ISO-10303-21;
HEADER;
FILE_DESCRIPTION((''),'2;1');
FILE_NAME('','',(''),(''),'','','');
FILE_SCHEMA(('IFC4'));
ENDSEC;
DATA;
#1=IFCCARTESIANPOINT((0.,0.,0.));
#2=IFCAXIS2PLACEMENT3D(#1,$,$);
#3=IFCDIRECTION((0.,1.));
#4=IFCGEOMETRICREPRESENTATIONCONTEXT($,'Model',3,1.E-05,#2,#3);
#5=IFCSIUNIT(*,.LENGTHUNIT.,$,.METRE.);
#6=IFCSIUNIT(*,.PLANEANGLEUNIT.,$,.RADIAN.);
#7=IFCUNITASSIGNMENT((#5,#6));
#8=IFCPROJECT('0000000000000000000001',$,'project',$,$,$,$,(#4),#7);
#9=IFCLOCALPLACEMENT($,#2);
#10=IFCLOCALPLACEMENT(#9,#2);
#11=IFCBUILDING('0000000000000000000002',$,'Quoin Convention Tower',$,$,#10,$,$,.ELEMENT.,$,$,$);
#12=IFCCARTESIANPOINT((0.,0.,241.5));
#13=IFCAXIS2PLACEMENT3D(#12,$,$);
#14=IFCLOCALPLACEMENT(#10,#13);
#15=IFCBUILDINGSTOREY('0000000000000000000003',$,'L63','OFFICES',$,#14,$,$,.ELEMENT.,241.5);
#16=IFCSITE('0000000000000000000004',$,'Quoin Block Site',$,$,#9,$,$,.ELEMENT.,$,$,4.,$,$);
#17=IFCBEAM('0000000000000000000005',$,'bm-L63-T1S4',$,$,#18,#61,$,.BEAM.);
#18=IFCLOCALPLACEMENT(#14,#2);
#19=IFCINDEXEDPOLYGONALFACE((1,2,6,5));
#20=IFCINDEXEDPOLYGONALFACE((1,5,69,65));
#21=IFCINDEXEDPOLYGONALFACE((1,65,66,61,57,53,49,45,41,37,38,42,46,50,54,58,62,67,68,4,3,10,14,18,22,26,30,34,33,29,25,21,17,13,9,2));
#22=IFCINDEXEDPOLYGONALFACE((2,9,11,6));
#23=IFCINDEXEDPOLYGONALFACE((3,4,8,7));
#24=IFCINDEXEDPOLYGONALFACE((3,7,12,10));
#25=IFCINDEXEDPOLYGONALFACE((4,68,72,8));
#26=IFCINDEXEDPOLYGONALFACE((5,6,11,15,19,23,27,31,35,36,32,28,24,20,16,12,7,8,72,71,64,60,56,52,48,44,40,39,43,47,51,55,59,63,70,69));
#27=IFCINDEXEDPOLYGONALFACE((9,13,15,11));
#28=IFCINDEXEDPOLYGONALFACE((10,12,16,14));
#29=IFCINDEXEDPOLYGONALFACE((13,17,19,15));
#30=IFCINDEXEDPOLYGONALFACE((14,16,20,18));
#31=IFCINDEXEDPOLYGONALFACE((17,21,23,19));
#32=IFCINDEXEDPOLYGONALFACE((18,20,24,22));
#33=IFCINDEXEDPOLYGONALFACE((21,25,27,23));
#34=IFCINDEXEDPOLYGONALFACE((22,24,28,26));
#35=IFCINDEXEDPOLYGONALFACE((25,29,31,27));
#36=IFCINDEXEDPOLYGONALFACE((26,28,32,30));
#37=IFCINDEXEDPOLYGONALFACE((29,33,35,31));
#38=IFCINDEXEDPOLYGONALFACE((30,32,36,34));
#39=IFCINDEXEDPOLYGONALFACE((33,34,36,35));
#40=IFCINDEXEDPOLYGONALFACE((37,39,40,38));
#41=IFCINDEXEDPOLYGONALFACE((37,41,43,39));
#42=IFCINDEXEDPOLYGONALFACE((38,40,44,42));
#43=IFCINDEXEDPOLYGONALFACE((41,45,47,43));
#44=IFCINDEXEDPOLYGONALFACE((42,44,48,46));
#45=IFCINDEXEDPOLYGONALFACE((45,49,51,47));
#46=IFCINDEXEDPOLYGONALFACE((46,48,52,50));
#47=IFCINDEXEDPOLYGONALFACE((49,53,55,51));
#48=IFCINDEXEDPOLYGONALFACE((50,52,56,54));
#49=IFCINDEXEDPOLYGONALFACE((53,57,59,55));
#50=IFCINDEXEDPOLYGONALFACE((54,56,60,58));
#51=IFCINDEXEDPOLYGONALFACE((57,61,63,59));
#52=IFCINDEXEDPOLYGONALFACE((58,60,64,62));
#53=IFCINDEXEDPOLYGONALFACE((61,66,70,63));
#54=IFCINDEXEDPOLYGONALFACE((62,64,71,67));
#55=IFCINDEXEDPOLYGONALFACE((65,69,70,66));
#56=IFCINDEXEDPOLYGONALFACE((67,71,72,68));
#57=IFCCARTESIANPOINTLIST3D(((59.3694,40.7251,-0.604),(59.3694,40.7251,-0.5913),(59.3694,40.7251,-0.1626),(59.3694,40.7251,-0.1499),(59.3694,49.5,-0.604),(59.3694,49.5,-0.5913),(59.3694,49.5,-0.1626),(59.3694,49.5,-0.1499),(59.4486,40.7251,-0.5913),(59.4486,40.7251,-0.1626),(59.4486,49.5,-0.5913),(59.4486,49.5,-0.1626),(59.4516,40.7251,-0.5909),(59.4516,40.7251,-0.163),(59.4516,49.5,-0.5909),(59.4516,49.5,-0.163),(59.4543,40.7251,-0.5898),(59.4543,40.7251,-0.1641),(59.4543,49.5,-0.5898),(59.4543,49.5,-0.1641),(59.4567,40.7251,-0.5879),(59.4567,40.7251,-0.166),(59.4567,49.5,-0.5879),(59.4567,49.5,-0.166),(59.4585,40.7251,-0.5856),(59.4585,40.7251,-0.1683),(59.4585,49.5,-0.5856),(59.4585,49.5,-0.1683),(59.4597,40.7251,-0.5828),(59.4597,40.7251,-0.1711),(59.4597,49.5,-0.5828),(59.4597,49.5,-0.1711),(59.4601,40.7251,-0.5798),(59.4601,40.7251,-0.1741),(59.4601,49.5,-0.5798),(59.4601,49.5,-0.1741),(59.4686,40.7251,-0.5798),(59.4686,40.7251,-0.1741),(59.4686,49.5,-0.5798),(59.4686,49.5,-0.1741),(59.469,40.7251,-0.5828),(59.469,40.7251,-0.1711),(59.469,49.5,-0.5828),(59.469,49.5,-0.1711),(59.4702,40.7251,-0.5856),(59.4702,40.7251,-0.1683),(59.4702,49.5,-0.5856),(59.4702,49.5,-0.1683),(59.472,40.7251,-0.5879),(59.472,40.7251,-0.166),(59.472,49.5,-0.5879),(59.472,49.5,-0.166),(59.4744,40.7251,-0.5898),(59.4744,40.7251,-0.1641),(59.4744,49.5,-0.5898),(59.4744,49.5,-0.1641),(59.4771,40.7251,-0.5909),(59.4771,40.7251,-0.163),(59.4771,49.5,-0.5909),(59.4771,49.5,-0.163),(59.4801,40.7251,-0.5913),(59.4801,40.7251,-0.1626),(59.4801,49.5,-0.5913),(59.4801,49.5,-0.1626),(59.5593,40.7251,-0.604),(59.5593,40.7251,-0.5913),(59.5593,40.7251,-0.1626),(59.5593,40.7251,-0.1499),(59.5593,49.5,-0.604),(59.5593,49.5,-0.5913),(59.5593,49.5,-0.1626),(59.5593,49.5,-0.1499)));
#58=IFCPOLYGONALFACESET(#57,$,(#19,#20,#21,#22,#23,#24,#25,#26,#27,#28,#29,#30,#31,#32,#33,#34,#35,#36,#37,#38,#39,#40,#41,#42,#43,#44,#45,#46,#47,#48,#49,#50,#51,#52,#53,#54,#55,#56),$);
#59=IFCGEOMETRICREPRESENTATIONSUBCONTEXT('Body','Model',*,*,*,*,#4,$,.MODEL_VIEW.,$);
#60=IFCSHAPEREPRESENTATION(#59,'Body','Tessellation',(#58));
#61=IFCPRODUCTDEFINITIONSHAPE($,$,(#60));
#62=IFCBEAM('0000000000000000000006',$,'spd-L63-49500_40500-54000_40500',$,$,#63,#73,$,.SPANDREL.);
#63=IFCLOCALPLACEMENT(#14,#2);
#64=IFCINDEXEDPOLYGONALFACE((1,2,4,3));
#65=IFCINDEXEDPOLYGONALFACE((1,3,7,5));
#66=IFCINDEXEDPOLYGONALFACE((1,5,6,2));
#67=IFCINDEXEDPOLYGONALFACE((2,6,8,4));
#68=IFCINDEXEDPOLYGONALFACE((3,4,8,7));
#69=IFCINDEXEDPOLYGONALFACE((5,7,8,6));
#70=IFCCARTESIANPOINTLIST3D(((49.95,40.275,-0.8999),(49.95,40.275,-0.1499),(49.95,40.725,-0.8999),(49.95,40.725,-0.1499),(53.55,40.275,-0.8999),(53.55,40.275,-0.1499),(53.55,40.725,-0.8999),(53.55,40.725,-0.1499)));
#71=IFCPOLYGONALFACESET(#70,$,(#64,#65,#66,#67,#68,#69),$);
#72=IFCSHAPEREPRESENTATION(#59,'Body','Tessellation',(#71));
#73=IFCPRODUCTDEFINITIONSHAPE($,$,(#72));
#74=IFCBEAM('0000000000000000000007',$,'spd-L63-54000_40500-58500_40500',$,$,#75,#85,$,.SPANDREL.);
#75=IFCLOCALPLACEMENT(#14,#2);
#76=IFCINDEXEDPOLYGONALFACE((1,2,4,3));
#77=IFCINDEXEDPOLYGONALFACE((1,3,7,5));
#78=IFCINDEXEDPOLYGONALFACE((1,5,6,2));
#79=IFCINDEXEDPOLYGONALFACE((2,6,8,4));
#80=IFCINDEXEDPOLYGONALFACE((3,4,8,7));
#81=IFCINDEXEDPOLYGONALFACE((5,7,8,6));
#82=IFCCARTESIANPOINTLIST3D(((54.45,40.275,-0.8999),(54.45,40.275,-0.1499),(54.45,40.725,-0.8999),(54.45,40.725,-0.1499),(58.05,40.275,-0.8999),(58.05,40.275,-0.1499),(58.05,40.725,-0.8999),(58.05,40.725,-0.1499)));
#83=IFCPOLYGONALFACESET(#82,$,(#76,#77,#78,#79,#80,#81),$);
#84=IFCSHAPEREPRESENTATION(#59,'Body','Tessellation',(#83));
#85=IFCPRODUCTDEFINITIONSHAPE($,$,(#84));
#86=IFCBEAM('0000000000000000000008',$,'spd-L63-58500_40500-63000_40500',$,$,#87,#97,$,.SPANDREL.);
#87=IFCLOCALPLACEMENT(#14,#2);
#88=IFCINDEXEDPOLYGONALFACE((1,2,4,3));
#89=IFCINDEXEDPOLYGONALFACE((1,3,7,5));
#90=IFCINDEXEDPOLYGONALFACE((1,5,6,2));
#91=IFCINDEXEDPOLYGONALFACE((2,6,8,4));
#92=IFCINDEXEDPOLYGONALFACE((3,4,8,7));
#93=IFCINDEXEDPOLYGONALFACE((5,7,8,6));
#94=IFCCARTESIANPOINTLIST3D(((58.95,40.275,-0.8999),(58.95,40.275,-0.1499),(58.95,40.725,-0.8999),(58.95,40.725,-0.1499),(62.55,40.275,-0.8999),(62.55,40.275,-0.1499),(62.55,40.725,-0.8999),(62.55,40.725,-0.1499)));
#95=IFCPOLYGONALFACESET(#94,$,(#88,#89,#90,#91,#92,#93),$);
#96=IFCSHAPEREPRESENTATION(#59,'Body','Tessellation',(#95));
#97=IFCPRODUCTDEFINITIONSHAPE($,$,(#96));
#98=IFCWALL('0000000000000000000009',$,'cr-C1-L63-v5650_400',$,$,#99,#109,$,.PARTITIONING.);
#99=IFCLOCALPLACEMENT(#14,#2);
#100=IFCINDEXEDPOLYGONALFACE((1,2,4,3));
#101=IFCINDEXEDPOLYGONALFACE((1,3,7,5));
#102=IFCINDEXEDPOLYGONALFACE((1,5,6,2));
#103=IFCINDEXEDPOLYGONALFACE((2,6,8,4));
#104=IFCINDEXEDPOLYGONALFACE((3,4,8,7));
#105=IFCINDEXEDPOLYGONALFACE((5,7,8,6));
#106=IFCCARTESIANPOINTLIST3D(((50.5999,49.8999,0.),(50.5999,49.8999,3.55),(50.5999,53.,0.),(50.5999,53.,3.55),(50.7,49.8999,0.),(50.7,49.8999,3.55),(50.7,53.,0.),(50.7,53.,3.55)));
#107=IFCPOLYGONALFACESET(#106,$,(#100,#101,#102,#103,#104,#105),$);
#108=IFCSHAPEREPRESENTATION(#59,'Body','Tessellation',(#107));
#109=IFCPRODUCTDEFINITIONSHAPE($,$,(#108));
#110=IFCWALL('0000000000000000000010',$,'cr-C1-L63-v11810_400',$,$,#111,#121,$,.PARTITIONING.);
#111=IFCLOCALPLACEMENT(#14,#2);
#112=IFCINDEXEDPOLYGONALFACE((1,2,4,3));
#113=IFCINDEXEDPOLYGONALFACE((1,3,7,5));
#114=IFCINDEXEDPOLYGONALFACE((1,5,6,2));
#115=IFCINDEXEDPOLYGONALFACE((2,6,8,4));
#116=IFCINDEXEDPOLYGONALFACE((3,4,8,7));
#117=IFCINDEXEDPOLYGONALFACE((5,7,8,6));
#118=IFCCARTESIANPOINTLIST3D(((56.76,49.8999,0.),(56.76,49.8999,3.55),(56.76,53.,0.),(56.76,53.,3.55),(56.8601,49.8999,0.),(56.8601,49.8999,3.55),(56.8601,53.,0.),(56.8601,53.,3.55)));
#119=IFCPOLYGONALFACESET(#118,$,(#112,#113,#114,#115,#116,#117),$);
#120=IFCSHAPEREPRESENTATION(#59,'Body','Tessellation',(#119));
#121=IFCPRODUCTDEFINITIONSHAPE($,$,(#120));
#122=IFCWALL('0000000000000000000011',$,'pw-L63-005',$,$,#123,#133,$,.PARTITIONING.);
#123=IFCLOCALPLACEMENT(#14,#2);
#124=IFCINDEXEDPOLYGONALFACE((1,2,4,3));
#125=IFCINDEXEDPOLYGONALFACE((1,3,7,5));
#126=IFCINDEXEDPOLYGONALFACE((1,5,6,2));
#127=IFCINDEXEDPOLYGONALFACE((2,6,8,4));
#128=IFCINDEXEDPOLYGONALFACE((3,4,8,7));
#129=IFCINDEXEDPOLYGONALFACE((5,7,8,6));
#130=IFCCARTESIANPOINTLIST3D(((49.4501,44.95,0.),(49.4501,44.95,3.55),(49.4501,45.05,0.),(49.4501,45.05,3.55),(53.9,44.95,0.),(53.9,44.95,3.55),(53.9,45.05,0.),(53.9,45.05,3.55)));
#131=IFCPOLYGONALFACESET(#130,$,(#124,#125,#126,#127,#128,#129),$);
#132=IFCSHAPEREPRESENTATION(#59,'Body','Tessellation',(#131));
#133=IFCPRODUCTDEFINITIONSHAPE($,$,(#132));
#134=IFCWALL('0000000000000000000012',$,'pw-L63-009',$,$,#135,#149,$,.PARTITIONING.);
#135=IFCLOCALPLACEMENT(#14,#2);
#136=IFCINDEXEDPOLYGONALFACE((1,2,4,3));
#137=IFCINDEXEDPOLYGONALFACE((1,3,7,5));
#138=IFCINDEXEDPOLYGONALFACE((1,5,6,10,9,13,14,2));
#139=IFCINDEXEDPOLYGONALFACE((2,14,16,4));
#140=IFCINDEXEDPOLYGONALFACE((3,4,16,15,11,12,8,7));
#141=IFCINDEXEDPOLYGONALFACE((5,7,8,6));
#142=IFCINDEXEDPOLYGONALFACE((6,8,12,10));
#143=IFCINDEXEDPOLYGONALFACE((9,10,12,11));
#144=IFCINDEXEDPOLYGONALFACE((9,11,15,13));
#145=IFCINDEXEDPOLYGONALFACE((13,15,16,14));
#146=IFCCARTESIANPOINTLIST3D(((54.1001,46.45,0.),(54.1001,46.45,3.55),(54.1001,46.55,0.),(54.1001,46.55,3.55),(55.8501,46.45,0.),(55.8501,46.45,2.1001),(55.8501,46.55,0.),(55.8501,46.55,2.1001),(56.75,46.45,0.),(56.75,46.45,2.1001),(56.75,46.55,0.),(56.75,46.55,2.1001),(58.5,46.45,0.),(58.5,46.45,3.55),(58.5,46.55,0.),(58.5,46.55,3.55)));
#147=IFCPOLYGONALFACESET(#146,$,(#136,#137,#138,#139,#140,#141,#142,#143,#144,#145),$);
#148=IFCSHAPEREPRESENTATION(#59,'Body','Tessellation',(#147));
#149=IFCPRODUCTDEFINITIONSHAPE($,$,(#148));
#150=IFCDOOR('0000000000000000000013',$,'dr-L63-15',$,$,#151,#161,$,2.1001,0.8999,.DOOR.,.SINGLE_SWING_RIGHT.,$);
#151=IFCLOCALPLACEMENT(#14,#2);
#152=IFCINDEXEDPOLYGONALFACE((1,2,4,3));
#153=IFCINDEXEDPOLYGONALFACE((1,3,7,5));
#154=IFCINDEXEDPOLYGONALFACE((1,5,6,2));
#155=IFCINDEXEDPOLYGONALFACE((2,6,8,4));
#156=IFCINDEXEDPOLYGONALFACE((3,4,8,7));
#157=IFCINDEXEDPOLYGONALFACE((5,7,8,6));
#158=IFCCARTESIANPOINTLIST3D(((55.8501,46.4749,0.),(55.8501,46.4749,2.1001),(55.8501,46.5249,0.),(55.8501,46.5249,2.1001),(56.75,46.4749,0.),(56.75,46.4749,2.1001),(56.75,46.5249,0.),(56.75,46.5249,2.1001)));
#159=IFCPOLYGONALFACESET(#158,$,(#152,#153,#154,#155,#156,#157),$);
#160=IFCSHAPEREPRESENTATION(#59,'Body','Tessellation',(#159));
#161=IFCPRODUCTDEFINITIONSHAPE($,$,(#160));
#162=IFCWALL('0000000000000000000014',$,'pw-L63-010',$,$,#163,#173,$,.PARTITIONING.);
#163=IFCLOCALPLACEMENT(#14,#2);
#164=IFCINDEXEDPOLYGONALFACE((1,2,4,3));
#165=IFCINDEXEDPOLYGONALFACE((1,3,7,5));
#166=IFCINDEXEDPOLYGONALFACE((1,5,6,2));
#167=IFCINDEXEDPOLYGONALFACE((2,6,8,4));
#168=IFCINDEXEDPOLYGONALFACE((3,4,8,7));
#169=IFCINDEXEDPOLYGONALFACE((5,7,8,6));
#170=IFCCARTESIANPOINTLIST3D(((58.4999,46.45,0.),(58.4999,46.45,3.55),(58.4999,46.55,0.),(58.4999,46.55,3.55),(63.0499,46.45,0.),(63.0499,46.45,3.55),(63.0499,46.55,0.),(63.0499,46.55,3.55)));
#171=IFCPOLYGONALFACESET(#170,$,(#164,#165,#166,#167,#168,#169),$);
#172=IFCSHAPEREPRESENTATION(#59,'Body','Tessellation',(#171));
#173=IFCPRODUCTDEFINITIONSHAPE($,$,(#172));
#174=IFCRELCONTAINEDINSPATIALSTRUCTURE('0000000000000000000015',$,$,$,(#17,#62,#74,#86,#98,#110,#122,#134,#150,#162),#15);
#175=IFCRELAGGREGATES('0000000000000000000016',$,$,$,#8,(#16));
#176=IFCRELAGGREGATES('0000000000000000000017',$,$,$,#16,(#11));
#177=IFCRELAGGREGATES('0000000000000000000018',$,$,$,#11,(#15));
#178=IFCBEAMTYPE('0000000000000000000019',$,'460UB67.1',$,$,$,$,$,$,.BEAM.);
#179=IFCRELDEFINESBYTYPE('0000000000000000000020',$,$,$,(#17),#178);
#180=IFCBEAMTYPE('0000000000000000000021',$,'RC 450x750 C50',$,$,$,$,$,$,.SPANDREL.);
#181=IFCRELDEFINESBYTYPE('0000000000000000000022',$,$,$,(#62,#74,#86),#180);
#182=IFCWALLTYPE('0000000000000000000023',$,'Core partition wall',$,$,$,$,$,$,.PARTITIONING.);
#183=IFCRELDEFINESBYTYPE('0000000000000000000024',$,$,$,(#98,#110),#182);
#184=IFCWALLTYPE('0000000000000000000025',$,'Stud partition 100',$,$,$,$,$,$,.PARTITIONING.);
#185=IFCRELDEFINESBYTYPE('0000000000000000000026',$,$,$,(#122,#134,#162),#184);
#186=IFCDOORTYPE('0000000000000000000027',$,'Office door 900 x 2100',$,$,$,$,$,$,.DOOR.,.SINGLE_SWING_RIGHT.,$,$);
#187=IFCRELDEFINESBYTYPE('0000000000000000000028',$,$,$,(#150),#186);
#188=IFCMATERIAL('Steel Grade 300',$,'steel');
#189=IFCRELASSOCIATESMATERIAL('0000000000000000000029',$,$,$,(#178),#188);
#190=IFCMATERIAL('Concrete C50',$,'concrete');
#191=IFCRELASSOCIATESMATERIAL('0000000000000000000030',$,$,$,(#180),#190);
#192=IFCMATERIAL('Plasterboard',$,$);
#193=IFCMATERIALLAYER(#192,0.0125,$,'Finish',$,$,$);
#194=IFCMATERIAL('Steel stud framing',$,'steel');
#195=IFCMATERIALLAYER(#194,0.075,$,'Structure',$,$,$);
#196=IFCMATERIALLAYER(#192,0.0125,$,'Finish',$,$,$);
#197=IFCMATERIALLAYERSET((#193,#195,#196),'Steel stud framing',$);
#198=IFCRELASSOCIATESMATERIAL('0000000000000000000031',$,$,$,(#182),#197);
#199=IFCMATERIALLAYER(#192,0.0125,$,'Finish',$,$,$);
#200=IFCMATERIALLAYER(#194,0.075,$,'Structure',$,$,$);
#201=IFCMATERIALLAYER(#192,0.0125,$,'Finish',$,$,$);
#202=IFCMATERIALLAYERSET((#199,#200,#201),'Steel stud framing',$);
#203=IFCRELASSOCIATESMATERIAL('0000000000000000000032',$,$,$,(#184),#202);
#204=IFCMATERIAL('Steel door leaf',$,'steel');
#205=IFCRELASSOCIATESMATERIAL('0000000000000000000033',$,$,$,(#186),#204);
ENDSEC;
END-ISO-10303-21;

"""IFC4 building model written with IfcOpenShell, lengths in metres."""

from ifc_helpers import new_model, si_unit, direction, frame, frame_2d, origin, origin_2d, place, context, subcontext, project, spatial, rectangle, i_section, extrude, material, layer, layer_set, material_profile, profile_set, type_object, element, fill, save


model = new_model("IFC4")

# Units and contexts
model_context = context("Model", 3, precision=1e-05, world=origin(), true_north=direction((0.0, 1.0)))
body_context = subcontext(model_context, "Body", "Model", "MODEL_VIEW")
ifc_project = project(units=[si_unit("LENGTHUNIT", "METRE"), si_unit("PLANEANGLEUNIT", "RADIAN")], contexts=[model_context])

# Site, building, storey
site_placement = place(None, origin())
site = spatial("IfcSite", under=ifc_project, at=site_placement, Name="Quoin Block Site", CompositionType="ELEMENT", RefElevation=4.0)
building_placement = place(site_placement, origin())
building = spatial("IfcBuilding", under=site, at=building_placement, Name="Quoin Convention Tower", CompositionType="ELEMENT")
storey_placement = place(building_placement, frame((0.0, 0.0, 241.5)))
storey = spatial("IfcBuildingStorey", under=building, at=storey_placement, Name="L63", Description="OFFICES", CompositionType="ELEMENT", Elevation=241.5)

# Shared definitions
ifc_material_1 = material(Name="Concrete C50", Category="concrete")

# Beams
ifc_material_2 = material(Name="Steel Grade 300", Category="steel")
ifc_material_profile_1 = material_profile(ifc_material_2, i_section(OverallWidth=0.1899, OverallDepth=0.4541, WebThickness=0.0085, FlangeThickness=0.0127, FilletRadius=0.0115, at=origin_2d()), Name="460UB67.1")
ifc_profile_set_1 = profile_set([ifc_material_profile_1], Name="Steel Grade 300")
beam_type_1 = type_object("IfcBeamType", Name="460UB67.1", PredefinedType="BEAM", material=ifc_profile_set_1)
for number, where, z_axis, x_axis, name in (
    (1, (59.4644, 40.7251, -0.377), (0.0, 1.0, 0.0), (-1.0, 0.0, 0.0), "bm-L63-T1S4"),
):
    element("IfcBeam", number, at=place(storey_placement, frame(where, z_axis=z_axis, x_axis=x_axis)), inside=storey, type_object=beam_type_1, Name=name, PredefinedType="BEAM", context=body_context, shape_type="SweptSolid", body=[
        extrude(i_section(OverallWidth=0.1899, OverallDepth=0.4541, WebThickness=0.0085, FlangeThickness=0.0127, FilletRadius=0.0115, at=origin_2d()), origin(), (0.0, 0.0, 1.0), 8.7749),
    ])
ifc_material_profile_2 = material_profile(ifc_material_1, rectangle(XDim=0.45, YDim=0.75, at=origin_2d()), Name="RC 450x750")
ifc_profile_set_2 = profile_set([ifc_material_profile_2], Name="Concrete C50")
beam_type_2 = type_object("IfcBeamType", Name="RC 450x750 C50", PredefinedType="SPANDREL", material=ifc_profile_set_2)
for number, where, z_axis, x_axis, name in (
    (2, (49.95, 40.5, -0.5249), (1.0, 0.0, 0.0), (0.0, 1.0, 0.0), "spd-L63-49500_40500-54000_40500"),
    (3, (54.45, 40.5, -0.5249), (1.0, 0.0, 0.0), (0.0, 1.0, 0.0), "spd-L63-54000_40500-58500_40500"),
    (4, (58.95, 40.5, -0.5249), (1.0, 0.0, 0.0), (0.0, 1.0, 0.0), "spd-L63-58500_40500-63000_40500"),
):
    element("IfcBeam", number, at=place(storey_placement, frame(where, z_axis=z_axis, x_axis=x_axis)), inside=storey, type_object=beam_type_2, Name=name, PredefinedType="SPANDREL", context=body_context, shape_type="SweptSolid", body=[
        extrude(rectangle(XDim=0.45, YDim=0.75, at=origin_2d()), origin(), (0.0, 0.0, 1.0), 3.6001),
    ])

# Walls
ifc_material_3 = material(Name="Plasterboard")
ifc_layer_1 = layer(ifc_material_3, 0.0125, Name="Finish")
ifc_material_4 = material(Name="Steel stud framing", Category="steel")
ifc_layer_2 = layer(ifc_material_4, 0.075, Name="Structure")
ifc_layer_3 = layer(ifc_material_3, 0.0125, Name="Finish")
ifc_layer_set_1 = layer_set([ifc_layer_1, ifc_layer_2, ifc_layer_3], Name="Steel stud framing")
wall_type_1 = type_object("IfcWallType", Name="Core partition wall", PredefinedType="PARTITIONING", material=ifc_layer_set_1)
for number, where, z_axis, x_axis, name in (
    (5, (50.6499, 49.8999, 0.0), (0.0, 0.0, 1.0), (0.0, 1.0, 0.0), "cr-C1-L63-v5650_400"),
    (6, (56.8101, 49.8999, 0.0), (0.0, 0.0, 1.0), (0.0, 1.0, 0.0), "cr-C1-L63-v11810_400"),
):
    element("IfcWall", number, at=place(storey_placement, frame(where, z_axis=z_axis, x_axis=x_axis)), inside=storey, type_object=wall_type_1, Name=name, PredefinedType="PARTITIONING", context=body_context, shape_type="SweptSolid", body=[
        extrude(rectangle(XDim=3.1001, YDim=0.1001, at=frame_2d((1.55, 0.0))), origin(), (0.0, 0.0, 1.0), 3.55),
    ])
ifc_layer_4 = layer(ifc_material_3, 0.0125, Name="Finish")
ifc_layer_5 = layer(ifc_material_4, 0.075, Name="Structure")
ifc_layer_6 = layer(ifc_material_3, 0.0125, Name="Finish")
ifc_layer_set_2 = layer_set([ifc_layer_4, ifc_layer_5, ifc_layer_6], Name="Steel stud framing")
wall_type_2 = type_object("IfcWallType", Name="Stud partition 100", PredefinedType="PARTITIONING", material=ifc_layer_set_2)
wall_1_placement = place(storey_placement, frame((49.45, 45.0, 0.0), z_axis=(0.0, 0.0, 1.0), x_axis=(1.0, 0.0, 0.0)))
element("IfcWall", 7, at=wall_1_placement, inside=storey, type_object=wall_type_2, Name="pw-L63-005", PredefinedType="PARTITIONING", context=body_context, shape_type="SweptSolid", body=[
    extrude(rectangle(XDim=4.45, YDim=0.1001, at=frame_2d((2.2251, 0.0))), origin(), (0.0, 0.0, 1.0), 3.55),
])

# Wall, opening, door
wall_2_placement = place(storey_placement, frame((54.1001, 46.5, 0.0), z_axis=(0.0, 0.0, 1.0), x_axis=(1.0, 0.0, 0.0)))
wall_2 = element("IfcWall", 8, at=wall_2_placement, inside=storey, type_object=wall_type_2, Name="pw-L63-009", PredefinedType="PARTITIONING", context=body_context, shape_type="SweptSolid", body=[
    extrude(rectangle(XDim=4.3999, YDim=0.1001, at=frame_2d((2.2, 0.0))), origin(), (0.0, 0.0, 1.0), 3.55),
])
opening_1_placement = place(wall_2_placement, frame((1.75, 0.0, 0.0)))
opening_1 = element("IfcOpeningElement", 9, at=opening_1_placement, cuts=wall_2, PredefinedType="OPENING", context=body_context, shape_type="SweptSolid", body=[
    extrude(rectangle(XDim=0.8999, YDim=2.1001, at=frame_2d((0.45, 1.05))), frame((0.0, 0.0601, 0.0), z_axis=(0.0, -1.0, 0.0), x_axis=(1.0, 0.0, 0.0)), (0.0, 0.0, 1.0), 0.1201),
])
ifc_material_5 = material(Name="Steel door leaf", Category="steel")
door_type = type_object("IfcDoorType", Name="Office door 900 x 2100", OperationType="SINGLE_SWING_RIGHT", PredefinedType="DOOR", material=ifc_material_5)
door_1_placement = place(opening_1_placement, origin())
door_1 = element("IfcDoor", 10, at=door_1_placement, inside=storey, type_object=door_type, Name="dr-L63-15", OperationType="SINGLE_SWING_RIGHT", OverallHeight=2.1001, OverallWidth=0.8999, PredefinedType="DOOR", context=body_context, shape_type="SweptSolid", body=[
    extrude(rectangle(XDim=0.8999, YDim=2.1001, at=frame_2d((0.45, 1.05))), frame((0.0, 0.0249, 0.0), z_axis=(0.0, -1.0, 0.0), x_axis=(1.0, 0.0, 0.0)), (0.0, 0.0, 1.0), 0.05),
])
fill(opening_1, door_1)

# Wall
wall_3_placement = place(storey_placement, frame((58.5, 46.5, 0.0), z_axis=(0.0, 0.0, 1.0), x_axis=(1.0, 0.0, 0.0)))
element("IfcWall", 11, at=wall_3_placement, inside=storey, type_object=wall_type_2, Name="pw-L63-010", PredefinedType="PARTITIONING", context=body_context, shape_type="SweptSolid", body=[
    extrude(rectangle(XDim=4.55, YDim=0.1001, at=frame_2d((2.2749, 0.0))), origin(), (0.0, 0.0, 1.0), 3.55),
])

save(model, "model.ifc")
